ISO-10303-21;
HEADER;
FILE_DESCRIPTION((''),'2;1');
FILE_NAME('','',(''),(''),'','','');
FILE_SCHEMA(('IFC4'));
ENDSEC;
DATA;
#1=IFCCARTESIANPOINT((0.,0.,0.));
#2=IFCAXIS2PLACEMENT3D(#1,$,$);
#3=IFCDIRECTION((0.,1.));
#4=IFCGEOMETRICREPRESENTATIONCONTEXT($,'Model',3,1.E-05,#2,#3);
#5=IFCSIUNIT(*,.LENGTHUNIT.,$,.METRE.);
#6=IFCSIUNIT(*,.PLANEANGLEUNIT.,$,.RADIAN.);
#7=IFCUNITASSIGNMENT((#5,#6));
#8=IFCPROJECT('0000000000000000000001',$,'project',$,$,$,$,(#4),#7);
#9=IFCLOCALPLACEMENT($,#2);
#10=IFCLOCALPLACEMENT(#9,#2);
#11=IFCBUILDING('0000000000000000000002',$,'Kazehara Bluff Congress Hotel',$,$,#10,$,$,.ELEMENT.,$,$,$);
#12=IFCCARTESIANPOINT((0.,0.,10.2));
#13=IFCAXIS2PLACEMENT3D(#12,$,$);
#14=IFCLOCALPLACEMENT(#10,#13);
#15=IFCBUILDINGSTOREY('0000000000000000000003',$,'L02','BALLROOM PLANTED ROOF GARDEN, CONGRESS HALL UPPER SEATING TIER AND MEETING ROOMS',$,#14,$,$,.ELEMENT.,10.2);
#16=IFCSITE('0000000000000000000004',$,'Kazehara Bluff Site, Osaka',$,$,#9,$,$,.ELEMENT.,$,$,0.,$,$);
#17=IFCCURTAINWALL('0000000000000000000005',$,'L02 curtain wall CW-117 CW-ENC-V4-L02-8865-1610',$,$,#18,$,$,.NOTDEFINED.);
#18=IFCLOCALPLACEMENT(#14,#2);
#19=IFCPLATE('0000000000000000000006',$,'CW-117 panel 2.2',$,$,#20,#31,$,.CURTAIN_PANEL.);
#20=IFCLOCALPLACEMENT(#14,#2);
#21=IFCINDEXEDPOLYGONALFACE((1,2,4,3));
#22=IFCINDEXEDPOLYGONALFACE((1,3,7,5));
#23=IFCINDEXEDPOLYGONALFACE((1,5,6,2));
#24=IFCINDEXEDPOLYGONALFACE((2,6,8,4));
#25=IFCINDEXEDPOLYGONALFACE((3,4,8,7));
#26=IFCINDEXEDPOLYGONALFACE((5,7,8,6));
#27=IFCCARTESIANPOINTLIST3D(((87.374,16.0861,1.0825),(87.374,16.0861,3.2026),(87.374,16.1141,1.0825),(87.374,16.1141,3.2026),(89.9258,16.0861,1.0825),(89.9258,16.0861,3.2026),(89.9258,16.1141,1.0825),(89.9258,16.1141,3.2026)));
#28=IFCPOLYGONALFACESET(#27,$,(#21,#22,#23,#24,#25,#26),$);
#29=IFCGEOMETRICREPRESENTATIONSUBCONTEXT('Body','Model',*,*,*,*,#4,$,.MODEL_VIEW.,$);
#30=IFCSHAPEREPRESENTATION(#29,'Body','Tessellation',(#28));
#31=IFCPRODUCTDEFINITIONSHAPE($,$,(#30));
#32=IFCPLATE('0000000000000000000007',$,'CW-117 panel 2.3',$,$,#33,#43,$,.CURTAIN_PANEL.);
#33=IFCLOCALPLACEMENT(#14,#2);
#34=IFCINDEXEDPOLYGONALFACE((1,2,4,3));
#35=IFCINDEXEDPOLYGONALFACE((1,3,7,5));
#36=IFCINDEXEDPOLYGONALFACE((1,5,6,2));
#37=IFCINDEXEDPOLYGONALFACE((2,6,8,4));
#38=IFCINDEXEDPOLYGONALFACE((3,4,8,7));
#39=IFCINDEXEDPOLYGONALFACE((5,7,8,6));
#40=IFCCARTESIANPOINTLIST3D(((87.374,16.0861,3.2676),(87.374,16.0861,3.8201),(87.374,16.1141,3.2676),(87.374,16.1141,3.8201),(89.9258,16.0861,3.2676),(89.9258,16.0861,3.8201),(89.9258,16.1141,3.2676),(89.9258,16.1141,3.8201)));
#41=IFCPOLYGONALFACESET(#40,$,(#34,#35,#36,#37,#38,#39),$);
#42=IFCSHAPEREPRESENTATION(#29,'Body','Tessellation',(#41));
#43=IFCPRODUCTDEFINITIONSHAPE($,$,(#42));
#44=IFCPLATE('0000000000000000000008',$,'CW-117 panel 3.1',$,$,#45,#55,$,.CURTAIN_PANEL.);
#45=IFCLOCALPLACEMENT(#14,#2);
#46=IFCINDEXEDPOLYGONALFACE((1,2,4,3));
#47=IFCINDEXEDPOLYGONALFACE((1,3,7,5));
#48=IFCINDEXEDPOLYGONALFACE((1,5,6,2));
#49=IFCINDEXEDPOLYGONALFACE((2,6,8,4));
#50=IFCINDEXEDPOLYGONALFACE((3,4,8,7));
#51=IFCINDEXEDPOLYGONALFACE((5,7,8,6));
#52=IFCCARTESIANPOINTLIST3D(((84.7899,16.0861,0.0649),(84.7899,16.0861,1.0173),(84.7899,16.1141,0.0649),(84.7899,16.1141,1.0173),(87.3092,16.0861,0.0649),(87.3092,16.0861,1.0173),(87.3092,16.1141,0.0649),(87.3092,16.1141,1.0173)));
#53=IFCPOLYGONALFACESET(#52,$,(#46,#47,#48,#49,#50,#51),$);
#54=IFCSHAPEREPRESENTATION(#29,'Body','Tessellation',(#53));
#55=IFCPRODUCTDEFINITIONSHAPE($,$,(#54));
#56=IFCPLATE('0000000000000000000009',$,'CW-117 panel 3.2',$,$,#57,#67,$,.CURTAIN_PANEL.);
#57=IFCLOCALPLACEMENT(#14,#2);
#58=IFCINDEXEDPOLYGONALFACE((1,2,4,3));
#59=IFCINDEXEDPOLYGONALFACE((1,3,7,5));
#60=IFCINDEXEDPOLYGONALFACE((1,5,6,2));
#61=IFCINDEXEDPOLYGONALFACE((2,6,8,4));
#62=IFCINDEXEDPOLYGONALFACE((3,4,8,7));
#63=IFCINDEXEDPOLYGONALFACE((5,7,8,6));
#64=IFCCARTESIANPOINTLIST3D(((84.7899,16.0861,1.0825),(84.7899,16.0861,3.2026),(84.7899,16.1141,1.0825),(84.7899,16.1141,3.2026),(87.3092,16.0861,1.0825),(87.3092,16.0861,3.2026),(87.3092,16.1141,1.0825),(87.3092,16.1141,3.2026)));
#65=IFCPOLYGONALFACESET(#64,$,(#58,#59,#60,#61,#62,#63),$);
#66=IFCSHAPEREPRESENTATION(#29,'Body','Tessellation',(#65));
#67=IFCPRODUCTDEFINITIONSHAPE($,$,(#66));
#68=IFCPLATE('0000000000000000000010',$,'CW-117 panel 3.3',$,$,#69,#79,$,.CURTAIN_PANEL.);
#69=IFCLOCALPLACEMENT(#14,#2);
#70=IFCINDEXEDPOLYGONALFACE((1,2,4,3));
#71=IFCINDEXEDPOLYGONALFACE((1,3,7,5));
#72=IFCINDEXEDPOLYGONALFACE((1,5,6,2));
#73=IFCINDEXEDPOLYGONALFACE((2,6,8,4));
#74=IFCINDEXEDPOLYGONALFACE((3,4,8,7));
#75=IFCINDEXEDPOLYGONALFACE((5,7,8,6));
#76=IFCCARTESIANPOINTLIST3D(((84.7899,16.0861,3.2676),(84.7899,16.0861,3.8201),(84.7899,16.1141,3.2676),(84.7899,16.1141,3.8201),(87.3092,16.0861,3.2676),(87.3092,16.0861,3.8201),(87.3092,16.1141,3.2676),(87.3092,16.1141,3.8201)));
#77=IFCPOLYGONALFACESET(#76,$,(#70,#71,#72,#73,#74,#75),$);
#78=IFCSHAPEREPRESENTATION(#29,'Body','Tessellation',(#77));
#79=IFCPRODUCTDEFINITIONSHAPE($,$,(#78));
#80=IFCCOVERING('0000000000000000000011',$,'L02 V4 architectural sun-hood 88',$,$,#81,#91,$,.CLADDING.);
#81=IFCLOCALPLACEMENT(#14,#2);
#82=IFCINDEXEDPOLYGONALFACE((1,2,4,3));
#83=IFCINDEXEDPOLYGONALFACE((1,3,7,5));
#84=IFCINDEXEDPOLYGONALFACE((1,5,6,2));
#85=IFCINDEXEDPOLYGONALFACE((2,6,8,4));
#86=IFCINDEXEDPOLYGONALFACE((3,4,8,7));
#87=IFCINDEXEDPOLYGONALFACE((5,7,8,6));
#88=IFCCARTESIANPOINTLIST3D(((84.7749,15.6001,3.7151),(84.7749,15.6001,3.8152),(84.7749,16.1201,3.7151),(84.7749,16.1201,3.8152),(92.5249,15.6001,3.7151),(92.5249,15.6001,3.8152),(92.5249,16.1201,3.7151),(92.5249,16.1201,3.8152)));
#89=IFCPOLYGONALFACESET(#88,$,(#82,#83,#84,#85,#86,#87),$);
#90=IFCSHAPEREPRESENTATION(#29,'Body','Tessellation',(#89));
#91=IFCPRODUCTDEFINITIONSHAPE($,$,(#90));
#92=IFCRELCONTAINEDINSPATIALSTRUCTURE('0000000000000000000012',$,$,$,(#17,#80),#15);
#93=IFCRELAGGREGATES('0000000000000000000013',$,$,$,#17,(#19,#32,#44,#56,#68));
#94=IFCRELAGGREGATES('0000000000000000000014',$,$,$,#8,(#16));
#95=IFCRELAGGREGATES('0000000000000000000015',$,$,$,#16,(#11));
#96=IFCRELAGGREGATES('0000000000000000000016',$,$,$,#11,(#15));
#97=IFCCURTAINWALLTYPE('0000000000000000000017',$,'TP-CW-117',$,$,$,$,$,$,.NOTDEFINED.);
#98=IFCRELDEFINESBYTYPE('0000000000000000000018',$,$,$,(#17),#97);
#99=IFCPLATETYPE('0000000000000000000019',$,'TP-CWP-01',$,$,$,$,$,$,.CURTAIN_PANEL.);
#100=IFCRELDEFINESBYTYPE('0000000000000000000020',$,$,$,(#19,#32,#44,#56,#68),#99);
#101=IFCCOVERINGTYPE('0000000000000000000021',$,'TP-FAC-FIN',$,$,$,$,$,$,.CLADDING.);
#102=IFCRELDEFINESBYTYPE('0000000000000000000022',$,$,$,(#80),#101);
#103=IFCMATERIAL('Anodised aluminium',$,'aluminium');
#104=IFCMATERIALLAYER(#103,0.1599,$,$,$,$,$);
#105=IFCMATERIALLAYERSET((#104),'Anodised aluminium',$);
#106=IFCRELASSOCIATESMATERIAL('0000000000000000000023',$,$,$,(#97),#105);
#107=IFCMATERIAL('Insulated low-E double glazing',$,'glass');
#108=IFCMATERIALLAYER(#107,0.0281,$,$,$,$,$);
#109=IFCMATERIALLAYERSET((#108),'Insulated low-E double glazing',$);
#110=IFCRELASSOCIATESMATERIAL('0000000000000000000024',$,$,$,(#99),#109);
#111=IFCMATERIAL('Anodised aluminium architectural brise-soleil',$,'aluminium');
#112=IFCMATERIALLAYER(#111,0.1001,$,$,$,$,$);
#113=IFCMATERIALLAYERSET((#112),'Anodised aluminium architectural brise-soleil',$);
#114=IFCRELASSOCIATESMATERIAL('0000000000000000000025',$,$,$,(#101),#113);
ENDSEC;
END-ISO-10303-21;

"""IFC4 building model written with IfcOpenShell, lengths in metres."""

from ifc_helpers import new_model, si_unit, direction, frame, origin, origin_2d, place, context, subcontext, project, spatial, rectangle, extrude, material, layer, layer_set, type_object, element, aggregate, save


model = new_model("IFC4")

# Units and contexts
model_context = context("Model", 3, precision=1e-05, world=origin(), true_north=direction((0.0, 1.0)))
body_context = subcontext(model_context, "Body", "Model", "MODEL_VIEW")
ifc_project = project(units=[si_unit("LENGTHUNIT", "METRE"), si_unit("PLANEANGLEUNIT", "RADIAN")], contexts=[model_context])

# Site, building, storey
site_placement = place(None, origin())
site = spatial("IfcSite", under=ifc_project, at=site_placement, Name="Kazehara Bluff Site, Osaka", CompositionType="ELEMENT", RefElevation=0.0)
building_placement = place(site_placement, origin())
building = spatial("IfcBuilding", under=site, at=building_placement, Name="Kazehara Bluff Congress Hotel", CompositionType="ELEMENT")
storey_placement = place(building_placement, frame((0.0, 0.0, 10.2)))
storey = spatial("IfcBuildingStorey", under=building, at=storey_placement, Name="L02", Description="BALLROOM PLANTED ROOF GARDEN, CONGRESS HALL UPPER SEATING TIER AND MEETING ROOMS", CompositionType="ELEMENT", Elevation=10.2)

# Shared definitions
ifc_material_1 = material(Name="Anodised aluminium", Category="aluminium")
ifc_layer_1 = layer(ifc_material_1, 0.1599)
ifc_layer_set_1 = layer_set([ifc_layer_1], Name="Anodised aluminium")
curtain_wall_type = type_object("IfcCurtainWallType", Name="TP-CW-117", PredefinedType="NOTDEFINED", material=ifc_layer_set_1)

# Curtain wall
curtain_wall_1_placement = place(storey_placement, origin())
curtain_wall_1 = element("IfcCurtainWall", 1, at=curtain_wall_1_placement, inside=storey, type_object=curtain_wall_type, Name="L02 curtain wall CW-117 CW-ENC-V4-L02-8865-1610", PredefinedType="NOTDEFINED")

# Plates
ifc_material_2 = material(Name="Insulated low-E double glazing", Category="glass")
ifc_layer_2 = layer(ifc_material_2, 0.0281)
ifc_layer_set_2 = layer_set([ifc_layer_2], Name="Insulated low-E double glazing")
plate_type = type_object("IfcPlateType", Name="TP-CWP-01", PredefinedType="CURTAIN_PANEL", material=ifc_layer_set_2)
plate_1_placement = place(storey_placement, frame((88.6499, 16.1001, 1.0825), z_axis=(0.0, 0.0, 1.0), x_axis=(-1.0, 0.0, 0.0)))
plate_1 = element("IfcPlate", 2, at=plate_1_placement, type_object=plate_type, Name="CW-117 panel 2.2", PredefinedType="CURTAIN_PANEL", context=body_context, shape_type="SweptSolid", body=[
    extrude(rectangle(XDim=2.5518, YDim=0.0281, at=origin_2d()), origin(), (0.0, 0.0, 1.0), 2.1201),
])
plate_2_placement = place(storey_placement, frame((88.6499, 16.1001, 3.2676), z_axis=(0.0, 0.0, 1.0), x_axis=(-1.0, 0.0, 0.0)))
plate_2 = element("IfcPlate", 3, at=plate_2_placement, type_object=plate_type, Name="CW-117 panel 2.3", PredefinedType="CURTAIN_PANEL", context=body_context, shape_type="SweptSolid", body=[
    extrude(rectangle(XDim=2.5518, YDim=0.0281, at=origin_2d()), origin(), (0.0, 0.0, 1.0), 0.5525),
])
plate_3_placement = place(storey_placement, frame((86.0496, 16.1001, 0.0649), z_axis=(0.0, 0.0, 1.0), x_axis=(-1.0, 0.0, 0.0)))
plate_3 = element("IfcPlate", 4, at=plate_3_placement, type_object=plate_type, Name="CW-117 panel 3.1", PredefinedType="CURTAIN_PANEL", context=body_context, shape_type="SweptSolid", body=[
    extrude(rectangle(XDim=2.5193, YDim=0.0281, at=origin_2d()), origin(), (0.0, 0.0, 1.0), 0.9524),
])
plate_4_placement = place(storey_placement, frame((86.0496, 16.1001, 1.0825), z_axis=(0.0, 0.0, 1.0), x_axis=(-1.0, 0.0, 0.0)))
plate_4 = element("IfcPlate", 5, at=plate_4_placement, type_object=plate_type, Name="CW-117 panel 3.2", PredefinedType="CURTAIN_PANEL", context=body_context, shape_type="SweptSolid", body=[
    extrude(rectangle(XDim=2.5193, YDim=0.0281, at=origin_2d()), origin(), (0.0, 0.0, 1.0), 2.1201),
])
plate_5_placement = place(storey_placement, frame((86.0496, 16.1001, 3.2676), z_axis=(0.0, 0.0, 1.0), x_axis=(-1.0, 0.0, 0.0)))
plate_5 = element("IfcPlate", 6, at=plate_5_placement, type_object=plate_type, Name="CW-117 panel 3.3", PredefinedType="CURTAIN_PANEL", context=body_context, shape_type="SweptSolid", body=[
    extrude(rectangle(XDim=2.5193, YDim=0.0281, at=origin_2d()), origin(), (0.0, 0.0, 1.0), 0.5525),
])
aggregate(curtain_wall_1, [plate_1, plate_2, plate_3, plate_4, plate_5])

# Covering
ifc_material_3 = material(Name="Anodised aluminium architectural brise-soleil", Category="aluminium")
ifc_layer_3 = layer(ifc_material_3, 0.1001)
ifc_layer_set_3 = layer_set([ifc_layer_3], Name="Anodised aluminium architectural brise-soleil")
covering_type = type_object("IfcCoveringType", Name="TP-FAC-FIN", PredefinedType="CLADDING", material=ifc_layer_set_3)
covering_placement = place(storey_placement, frame((88.6499, 15.8601, 3.7151), z_axis=(0.0, 0.0, 1.0), x_axis=(1.0, 0.0, 0.0)))
element("IfcCovering", 7, at=covering_placement, inside=storey, type_object=covering_type, Name="L02 V4 architectural sun-hood 88", PredefinedType="CLADDING", context=body_context, shape_type="SweptSolid", body=[
    extrude(rectangle(XDim=7.75, YDim=0.52, at=origin_2d()), origin(), (0.0, 0.0, 1.0), 0.1001),
])

save(model, "model.ifc")
